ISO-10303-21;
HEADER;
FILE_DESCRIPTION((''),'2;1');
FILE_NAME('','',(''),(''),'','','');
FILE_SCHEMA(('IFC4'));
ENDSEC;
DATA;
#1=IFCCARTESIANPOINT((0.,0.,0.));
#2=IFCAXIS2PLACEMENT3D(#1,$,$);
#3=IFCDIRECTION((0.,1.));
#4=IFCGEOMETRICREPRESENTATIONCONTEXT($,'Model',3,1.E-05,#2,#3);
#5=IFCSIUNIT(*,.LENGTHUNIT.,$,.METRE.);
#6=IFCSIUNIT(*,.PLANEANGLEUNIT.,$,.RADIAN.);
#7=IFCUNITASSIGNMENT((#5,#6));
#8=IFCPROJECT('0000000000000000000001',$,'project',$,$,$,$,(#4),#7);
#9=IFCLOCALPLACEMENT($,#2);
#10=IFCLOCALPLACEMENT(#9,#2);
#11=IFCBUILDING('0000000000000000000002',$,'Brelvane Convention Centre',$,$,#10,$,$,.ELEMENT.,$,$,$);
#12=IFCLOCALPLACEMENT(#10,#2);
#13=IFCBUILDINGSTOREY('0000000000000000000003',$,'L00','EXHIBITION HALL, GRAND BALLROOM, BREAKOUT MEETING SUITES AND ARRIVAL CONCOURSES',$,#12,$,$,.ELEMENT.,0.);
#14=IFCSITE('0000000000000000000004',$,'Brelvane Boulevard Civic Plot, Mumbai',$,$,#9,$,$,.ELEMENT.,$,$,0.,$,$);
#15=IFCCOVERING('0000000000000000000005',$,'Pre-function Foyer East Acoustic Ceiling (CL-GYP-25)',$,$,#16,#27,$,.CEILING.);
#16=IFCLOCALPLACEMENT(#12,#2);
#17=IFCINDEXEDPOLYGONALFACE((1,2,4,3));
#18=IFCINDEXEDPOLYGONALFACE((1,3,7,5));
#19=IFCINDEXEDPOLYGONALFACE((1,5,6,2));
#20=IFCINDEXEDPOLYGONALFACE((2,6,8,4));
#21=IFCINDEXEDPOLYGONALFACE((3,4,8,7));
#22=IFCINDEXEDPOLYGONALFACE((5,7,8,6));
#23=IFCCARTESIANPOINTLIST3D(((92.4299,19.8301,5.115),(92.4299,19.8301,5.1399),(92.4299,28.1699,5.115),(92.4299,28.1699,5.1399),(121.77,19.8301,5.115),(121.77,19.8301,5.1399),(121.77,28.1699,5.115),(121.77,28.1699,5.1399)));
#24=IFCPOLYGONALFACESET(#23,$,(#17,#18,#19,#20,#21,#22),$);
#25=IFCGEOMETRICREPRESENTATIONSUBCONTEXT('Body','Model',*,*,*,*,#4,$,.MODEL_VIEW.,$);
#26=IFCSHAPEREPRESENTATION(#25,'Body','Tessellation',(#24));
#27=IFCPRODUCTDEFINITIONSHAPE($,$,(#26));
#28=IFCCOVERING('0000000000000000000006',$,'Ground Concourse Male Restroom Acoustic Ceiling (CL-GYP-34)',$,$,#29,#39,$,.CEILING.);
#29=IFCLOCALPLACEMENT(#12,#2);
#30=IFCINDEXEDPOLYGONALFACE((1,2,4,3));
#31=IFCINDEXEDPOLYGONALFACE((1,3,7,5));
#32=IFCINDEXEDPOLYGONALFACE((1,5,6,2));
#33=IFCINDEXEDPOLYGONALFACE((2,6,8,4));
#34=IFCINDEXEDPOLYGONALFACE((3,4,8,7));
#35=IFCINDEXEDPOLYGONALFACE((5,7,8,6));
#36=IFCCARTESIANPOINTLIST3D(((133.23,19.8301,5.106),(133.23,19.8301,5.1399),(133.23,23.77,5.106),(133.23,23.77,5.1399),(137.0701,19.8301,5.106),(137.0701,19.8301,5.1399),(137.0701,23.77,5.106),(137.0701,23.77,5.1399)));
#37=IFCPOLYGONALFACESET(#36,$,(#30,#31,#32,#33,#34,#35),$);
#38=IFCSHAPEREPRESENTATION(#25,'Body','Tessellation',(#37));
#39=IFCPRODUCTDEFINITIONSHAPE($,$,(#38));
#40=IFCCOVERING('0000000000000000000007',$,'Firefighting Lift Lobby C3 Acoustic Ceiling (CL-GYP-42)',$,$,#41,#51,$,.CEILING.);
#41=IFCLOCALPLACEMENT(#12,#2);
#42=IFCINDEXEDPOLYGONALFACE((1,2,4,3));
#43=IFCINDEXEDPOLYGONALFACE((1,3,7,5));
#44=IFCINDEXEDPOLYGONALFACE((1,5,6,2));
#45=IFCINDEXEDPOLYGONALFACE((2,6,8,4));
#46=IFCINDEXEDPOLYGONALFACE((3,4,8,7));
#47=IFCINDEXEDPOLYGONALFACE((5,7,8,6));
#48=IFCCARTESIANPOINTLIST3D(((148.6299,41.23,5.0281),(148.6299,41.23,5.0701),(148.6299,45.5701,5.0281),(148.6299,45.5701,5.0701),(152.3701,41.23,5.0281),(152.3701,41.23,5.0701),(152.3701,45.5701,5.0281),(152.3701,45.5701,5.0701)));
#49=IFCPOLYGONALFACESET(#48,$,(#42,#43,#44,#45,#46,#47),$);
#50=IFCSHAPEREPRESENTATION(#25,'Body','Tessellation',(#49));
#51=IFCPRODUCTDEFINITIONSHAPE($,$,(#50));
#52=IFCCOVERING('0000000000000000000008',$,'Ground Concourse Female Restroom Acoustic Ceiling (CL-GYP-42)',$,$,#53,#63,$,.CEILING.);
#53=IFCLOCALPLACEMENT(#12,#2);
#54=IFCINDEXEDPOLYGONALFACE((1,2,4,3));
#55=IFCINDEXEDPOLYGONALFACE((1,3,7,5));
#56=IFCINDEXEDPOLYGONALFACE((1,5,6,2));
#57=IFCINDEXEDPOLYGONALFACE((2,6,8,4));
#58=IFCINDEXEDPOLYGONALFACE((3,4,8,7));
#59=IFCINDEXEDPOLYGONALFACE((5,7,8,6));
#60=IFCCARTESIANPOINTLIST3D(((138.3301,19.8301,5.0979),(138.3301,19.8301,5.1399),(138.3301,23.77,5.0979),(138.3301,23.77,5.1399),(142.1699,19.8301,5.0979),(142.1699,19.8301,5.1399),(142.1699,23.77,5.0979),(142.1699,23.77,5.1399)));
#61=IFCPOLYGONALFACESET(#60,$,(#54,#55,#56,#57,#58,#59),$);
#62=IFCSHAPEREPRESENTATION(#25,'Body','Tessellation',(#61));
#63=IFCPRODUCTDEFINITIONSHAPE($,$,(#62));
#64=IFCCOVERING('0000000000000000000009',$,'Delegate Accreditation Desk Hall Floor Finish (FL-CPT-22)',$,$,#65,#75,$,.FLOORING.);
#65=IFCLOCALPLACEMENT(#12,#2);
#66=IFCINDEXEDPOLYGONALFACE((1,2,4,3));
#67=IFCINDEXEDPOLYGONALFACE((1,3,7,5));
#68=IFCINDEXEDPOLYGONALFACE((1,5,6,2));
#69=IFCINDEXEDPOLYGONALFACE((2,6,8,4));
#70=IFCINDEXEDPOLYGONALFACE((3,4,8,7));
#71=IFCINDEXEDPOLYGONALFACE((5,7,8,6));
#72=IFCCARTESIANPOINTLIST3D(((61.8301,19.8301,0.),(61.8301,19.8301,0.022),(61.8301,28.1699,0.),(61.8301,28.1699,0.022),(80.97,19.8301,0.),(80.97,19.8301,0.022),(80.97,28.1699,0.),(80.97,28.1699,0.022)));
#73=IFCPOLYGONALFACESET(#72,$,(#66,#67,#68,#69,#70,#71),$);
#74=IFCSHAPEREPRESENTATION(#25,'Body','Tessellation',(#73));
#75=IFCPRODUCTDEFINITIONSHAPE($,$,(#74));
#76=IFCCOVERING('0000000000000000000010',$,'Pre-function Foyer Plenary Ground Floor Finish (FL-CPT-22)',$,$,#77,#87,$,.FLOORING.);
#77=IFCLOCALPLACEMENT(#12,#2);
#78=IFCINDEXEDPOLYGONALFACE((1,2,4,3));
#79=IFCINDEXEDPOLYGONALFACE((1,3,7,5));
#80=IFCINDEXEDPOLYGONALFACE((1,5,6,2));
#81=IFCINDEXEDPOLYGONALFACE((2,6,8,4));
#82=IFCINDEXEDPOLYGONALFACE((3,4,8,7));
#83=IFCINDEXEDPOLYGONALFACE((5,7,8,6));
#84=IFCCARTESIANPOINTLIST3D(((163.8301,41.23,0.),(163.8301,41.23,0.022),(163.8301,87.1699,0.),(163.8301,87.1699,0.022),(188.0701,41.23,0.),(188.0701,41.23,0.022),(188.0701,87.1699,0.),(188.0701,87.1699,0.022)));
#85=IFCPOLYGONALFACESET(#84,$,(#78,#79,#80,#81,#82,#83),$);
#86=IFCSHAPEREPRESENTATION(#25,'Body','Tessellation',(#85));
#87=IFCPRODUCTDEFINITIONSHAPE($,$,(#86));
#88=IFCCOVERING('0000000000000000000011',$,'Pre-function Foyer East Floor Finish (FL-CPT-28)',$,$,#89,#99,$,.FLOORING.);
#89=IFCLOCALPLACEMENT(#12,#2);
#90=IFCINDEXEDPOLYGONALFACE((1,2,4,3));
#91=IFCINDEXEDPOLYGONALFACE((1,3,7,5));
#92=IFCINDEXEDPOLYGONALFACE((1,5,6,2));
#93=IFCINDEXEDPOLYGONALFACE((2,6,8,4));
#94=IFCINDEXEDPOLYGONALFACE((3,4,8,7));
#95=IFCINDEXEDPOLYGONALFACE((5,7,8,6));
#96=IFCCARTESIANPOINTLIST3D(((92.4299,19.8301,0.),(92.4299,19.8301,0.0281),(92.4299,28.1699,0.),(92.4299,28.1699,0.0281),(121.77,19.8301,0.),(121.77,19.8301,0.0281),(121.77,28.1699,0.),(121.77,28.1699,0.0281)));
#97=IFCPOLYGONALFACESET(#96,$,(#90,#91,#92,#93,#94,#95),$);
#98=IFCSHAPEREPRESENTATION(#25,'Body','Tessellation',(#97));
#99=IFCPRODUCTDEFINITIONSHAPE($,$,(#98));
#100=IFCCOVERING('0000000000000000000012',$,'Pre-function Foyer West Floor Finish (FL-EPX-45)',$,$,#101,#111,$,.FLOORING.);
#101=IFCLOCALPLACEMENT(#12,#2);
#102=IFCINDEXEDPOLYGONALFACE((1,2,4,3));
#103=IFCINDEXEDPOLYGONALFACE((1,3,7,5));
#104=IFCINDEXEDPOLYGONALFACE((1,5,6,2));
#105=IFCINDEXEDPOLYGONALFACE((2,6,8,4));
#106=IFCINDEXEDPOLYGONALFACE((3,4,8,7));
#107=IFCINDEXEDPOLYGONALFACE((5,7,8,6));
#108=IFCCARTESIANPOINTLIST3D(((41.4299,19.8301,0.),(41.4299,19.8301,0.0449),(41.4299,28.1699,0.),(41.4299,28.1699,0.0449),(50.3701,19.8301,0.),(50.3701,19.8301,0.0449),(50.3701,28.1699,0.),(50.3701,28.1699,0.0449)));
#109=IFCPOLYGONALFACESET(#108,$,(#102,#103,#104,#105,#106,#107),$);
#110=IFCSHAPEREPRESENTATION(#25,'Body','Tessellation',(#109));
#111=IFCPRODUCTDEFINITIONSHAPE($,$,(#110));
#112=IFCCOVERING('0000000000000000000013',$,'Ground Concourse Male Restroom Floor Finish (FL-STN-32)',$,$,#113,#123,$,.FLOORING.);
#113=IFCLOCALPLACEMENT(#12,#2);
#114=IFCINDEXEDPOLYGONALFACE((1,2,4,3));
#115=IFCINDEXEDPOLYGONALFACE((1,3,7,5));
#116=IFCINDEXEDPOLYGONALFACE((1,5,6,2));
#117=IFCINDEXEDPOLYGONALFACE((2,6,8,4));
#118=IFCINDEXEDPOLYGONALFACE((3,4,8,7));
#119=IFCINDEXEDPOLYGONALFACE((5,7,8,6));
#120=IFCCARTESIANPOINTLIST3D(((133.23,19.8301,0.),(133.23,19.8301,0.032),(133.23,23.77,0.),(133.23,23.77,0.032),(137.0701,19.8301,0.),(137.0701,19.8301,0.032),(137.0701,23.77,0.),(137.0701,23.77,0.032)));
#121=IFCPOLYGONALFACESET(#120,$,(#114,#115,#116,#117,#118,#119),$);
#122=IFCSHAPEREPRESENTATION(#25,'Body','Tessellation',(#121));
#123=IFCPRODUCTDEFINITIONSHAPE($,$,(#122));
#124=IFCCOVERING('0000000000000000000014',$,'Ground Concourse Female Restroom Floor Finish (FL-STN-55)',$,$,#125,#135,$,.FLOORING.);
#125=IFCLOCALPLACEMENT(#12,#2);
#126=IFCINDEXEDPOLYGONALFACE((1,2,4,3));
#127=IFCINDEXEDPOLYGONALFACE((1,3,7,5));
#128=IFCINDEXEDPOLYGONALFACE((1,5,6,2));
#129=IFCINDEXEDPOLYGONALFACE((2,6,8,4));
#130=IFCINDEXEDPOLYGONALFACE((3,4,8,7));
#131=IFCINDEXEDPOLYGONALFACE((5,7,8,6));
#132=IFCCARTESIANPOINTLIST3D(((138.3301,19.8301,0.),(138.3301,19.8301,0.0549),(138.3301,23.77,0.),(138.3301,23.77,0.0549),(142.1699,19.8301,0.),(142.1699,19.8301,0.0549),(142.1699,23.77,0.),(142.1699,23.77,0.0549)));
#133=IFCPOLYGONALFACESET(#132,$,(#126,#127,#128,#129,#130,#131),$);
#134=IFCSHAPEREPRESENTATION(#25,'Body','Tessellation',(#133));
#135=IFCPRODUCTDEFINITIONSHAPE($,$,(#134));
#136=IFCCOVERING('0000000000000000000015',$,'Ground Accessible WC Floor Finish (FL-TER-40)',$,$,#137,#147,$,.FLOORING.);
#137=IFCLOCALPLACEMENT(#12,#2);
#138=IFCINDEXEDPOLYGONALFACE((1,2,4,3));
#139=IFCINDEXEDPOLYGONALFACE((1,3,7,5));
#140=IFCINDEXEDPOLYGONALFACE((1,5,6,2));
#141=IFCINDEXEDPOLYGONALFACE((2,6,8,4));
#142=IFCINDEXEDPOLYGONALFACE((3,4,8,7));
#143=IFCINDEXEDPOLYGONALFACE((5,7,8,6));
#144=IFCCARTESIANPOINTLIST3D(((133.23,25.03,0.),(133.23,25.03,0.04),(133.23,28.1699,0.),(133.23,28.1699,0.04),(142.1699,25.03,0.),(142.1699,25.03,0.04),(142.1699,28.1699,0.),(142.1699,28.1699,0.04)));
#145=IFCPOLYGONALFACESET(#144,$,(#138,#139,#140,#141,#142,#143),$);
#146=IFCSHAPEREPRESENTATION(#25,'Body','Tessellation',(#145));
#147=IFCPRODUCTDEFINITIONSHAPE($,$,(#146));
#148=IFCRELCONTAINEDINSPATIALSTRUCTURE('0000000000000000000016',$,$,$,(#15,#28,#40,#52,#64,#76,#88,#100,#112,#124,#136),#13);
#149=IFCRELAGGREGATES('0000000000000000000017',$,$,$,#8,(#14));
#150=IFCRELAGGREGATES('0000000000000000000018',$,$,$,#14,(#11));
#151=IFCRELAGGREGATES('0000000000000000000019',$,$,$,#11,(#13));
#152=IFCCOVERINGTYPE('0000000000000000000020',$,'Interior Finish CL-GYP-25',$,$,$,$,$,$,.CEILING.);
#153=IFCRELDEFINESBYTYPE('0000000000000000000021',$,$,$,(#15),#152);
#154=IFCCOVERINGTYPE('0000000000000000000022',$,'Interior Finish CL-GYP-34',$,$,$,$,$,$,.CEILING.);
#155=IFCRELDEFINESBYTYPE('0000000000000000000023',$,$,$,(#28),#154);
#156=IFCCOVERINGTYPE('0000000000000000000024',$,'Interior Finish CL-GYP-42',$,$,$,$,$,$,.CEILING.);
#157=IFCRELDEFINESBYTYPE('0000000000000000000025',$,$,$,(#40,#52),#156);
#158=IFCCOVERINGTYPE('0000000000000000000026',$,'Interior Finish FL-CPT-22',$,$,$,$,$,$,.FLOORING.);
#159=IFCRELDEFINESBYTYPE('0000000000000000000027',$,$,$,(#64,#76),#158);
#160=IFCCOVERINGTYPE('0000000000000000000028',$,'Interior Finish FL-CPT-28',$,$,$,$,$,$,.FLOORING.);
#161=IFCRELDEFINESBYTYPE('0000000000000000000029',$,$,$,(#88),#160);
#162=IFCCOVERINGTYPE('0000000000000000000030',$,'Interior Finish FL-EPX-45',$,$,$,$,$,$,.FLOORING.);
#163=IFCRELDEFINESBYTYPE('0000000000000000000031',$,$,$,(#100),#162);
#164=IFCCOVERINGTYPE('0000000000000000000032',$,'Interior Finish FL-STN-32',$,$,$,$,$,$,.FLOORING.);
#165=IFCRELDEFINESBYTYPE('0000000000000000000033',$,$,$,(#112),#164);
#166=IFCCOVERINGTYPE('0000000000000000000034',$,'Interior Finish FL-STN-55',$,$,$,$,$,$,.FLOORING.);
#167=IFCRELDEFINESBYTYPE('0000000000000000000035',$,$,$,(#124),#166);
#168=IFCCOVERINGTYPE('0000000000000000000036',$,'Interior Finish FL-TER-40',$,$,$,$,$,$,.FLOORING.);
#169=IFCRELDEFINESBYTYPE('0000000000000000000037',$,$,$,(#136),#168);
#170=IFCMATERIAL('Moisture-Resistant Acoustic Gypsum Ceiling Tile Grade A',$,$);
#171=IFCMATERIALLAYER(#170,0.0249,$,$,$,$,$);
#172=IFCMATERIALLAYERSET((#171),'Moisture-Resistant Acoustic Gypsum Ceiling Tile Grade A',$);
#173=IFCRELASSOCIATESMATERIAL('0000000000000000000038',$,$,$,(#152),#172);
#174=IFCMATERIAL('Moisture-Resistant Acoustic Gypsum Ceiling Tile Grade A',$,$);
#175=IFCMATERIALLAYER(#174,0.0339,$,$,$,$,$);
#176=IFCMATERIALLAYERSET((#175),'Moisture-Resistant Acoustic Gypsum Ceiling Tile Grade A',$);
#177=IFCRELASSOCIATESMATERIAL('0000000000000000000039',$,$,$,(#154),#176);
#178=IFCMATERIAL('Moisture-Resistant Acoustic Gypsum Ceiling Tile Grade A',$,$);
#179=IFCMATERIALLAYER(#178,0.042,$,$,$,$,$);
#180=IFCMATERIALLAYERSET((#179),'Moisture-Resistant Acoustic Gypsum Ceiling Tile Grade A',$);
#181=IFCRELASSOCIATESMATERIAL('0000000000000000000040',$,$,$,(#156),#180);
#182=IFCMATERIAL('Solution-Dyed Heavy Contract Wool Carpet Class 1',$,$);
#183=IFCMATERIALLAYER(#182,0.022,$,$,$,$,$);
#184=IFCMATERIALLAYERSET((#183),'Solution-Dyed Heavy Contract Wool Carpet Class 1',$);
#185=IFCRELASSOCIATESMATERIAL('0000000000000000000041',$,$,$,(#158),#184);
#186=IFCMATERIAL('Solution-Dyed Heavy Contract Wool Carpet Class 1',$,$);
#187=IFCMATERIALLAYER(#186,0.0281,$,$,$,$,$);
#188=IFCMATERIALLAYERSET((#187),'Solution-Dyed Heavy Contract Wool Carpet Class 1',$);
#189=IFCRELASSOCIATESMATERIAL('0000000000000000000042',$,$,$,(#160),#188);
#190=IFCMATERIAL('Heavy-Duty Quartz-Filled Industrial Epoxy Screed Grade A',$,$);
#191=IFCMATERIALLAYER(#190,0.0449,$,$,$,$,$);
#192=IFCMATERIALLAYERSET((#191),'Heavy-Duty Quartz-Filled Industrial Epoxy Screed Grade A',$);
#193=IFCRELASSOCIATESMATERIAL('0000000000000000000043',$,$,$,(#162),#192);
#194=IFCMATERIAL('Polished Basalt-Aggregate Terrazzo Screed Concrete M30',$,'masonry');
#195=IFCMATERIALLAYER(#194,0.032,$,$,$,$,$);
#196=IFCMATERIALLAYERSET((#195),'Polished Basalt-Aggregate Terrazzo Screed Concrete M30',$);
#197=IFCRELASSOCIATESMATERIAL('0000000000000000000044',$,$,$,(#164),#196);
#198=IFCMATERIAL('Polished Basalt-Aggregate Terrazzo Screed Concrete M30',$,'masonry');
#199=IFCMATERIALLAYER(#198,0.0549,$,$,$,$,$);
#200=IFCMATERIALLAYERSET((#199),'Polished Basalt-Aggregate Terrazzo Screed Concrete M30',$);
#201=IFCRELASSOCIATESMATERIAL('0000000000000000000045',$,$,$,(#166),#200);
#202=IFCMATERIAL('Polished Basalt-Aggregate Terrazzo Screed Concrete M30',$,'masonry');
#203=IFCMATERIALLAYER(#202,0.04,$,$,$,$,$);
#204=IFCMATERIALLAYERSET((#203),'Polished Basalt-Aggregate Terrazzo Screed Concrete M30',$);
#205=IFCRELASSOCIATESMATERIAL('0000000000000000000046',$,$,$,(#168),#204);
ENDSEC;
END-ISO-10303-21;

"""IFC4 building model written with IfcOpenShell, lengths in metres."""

from ifc_helpers import new_model, si_unit, direction, frame, origin, place, context, subcontext, project, spatial, polyline, outline, extrude, material, layer, layer_set, type_object, element, save


model = new_model("IFC4")

# Units and contexts
model_context = context("Model", 3, precision=1e-05, world=origin(), true_north=direction((0.0, 1.0)))
body_context = subcontext(model_context, "Body", "Model", "MODEL_VIEW")
ifc_project = project(units=[si_unit("LENGTHUNIT", "METRE"), si_unit("PLANEANGLEUNIT", "RADIAN")], contexts=[model_context])

# Site, building, storey
site_placement = place(None, origin())
site = spatial("IfcSite", under=ifc_project, at=site_placement, Name="Brelvane Boulevard Civic Plot, Mumbai", CompositionType="ELEMENT", RefElevation=0.0)
building_placement = place(site_placement, origin())
building = spatial("IfcBuilding", under=site, at=building_placement, Name="Brelvane Convention Centre", CompositionType="ELEMENT")
storey_placement = place(building_placement, origin())
storey = spatial("IfcBuildingStorey", under=building, at=storey_placement, Name="L00", Description="EXHIBITION HALL, GRAND BALLROOM, BREAKOUT MEETING SUITES AND ARRIVAL CONCOURSES", CompositionType="ELEMENT", Elevation=0.0)

# Coverings
ifc_material_1 = material(Name="Moisture-Resistant Acoustic Gypsum Ceiling Tile Grade A")
ifc_layer_1 = layer(ifc_material_1, 0.0249)
ifc_layer_set_1 = layer_set([ifc_layer_1], Name="Moisture-Resistant Acoustic Gypsum Ceiling Tile Grade A")
covering_type_1 = type_object("IfcCoveringType", Name="Interior Finish CL-GYP-25", PredefinedType="CEILING", material=ifc_layer_set_1)
covering_1_placement = place(storey_placement, frame((0.0, 0.0, 5.115)))
element("IfcCovering", 1, at=covering_1_placement, inside=storey, type_object=covering_type_1, Name="Pre-function Foyer East Acoustic Ceiling (CL-GYP-25)", PredefinedType="CEILING", context=body_context, shape_type="SweptSolid", body=[
    extrude(outline(polyline([(92.4299, 19.8301), (121.77, 19.8301), (121.77, 28.1699), (92.4299, 28.1699), (92.4299, 19.8301)])), origin(), (0.0, 0.0, 1.0), 0.0249),
])
ifc_material_2 = material(Name="Moisture-Resistant Acoustic Gypsum Ceiling Tile Grade A")
ifc_layer_2 = layer(ifc_material_2, 0.0339)
ifc_layer_set_2 = layer_set([ifc_layer_2], Name="Moisture-Resistant Acoustic Gypsum Ceiling Tile Grade A")
covering_type_2 = type_object("IfcCoveringType", Name="Interior Finish CL-GYP-34", PredefinedType="CEILING", material=ifc_layer_set_2)
covering_2_placement = place(storey_placement, frame((0.0, 0.0, 5.106)))
element("IfcCovering", 2, at=covering_2_placement, inside=storey, type_object=covering_type_2, Name="Ground Concourse Male Restroom Acoustic Ceiling (CL-GYP-34)", PredefinedType="CEILING", context=body_context, shape_type="SweptSolid", body=[
    extrude(outline(polyline([(133.23, 19.8301), (137.0701, 19.8301), (137.0701, 23.77), (133.23, 23.77), (133.23, 19.8301)])), origin(), (0.0, 0.0, 1.0), 0.0339),
])
ifc_material_3 = material(Name="Moisture-Resistant Acoustic Gypsum Ceiling Tile Grade A")
ifc_layer_3 = layer(ifc_material_3, 0.042)
ifc_layer_set_3 = layer_set([ifc_layer_3], Name="Moisture-Resistant Acoustic Gypsum Ceiling Tile Grade A")
covering_type_3 = type_object("IfcCoveringType", Name="Interior Finish CL-GYP-42", PredefinedType="CEILING", material=ifc_layer_set_3)
covering_3_placement = place(storey_placement, frame((0.0, 0.0, 5.0281)))
element("IfcCovering", 3, at=covering_3_placement, inside=storey, type_object=covering_type_3, Name="Firefighting Lift Lobby C3 Acoustic Ceiling (CL-GYP-42)", PredefinedType="CEILING", context=body_context, shape_type="SweptSolid", body=[
    extrude(outline(polyline([(148.6299, 41.23), (152.3701, 41.23), (152.3701, 45.5701), (148.6299, 45.5701), (148.6299, 41.23)])), origin(), (0.0, 0.0, 1.0), 0.042),
])
covering_4_placement = place(storey_placement, frame((0.0, 0.0, 5.0979)))
element("IfcCovering", 4, at=covering_4_placement, inside=storey, type_object=covering_type_3, Name="Ground Concourse Female Restroom Acoustic Ceiling (CL-GYP-42)", PredefinedType="CEILING", context=body_context, shape_type="SweptSolid", body=[
    extrude(outline(polyline([(138.3301, 19.8301), (142.1699, 19.8301), (142.1699, 23.77), (138.3301, 23.77), (138.3301, 19.8301)])), origin(), (0.0, 0.0, 1.0), 0.042),
])
ifc_material_4 = material(Name="Solution-Dyed Heavy Contract Wool Carpet Class 1")
ifc_layer_4 = layer(ifc_material_4, 0.022)
ifc_layer_set_4 = layer_set([ifc_layer_4], Name="Solution-Dyed Heavy Contract Wool Carpet Class 1")
covering_type_4 = type_object("IfcCoveringType", Name="Interior Finish FL-CPT-22", PredefinedType="FLOORING", material=ifc_layer_set_4)
covering_5_placement = place(storey_placement, origin())
element("IfcCovering", 5, at=covering_5_placement, inside=storey, type_object=covering_type_4, Name="Delegate Accreditation Desk Hall Floor Finish (FL-CPT-22)", PredefinedType="FLOORING", context=body_context, shape_type="SweptSolid", body=[
    extrude(outline(polyline([(61.8301, 19.8301), (80.97, 19.8301), (80.97, 28.1699), (61.8301, 28.1699), (61.8301, 19.8301)])), origin(), (0.0, 0.0, 1.0), 0.022),
])
covering_6_placement = place(storey_placement, origin())
element("IfcCovering", 6, at=covering_6_placement, inside=storey, type_object=covering_type_4, Name="Pre-function Foyer Plenary Ground Floor Finish (FL-CPT-22)", PredefinedType="FLOORING", context=body_context, shape_type="SweptSolid", body=[
    extrude(outline(polyline([(163.8301, 41.23), (188.0701, 41.23), (188.0701, 87.1699), (163.8301, 87.1699), (163.8301, 41.23)])), origin(), (0.0, 0.0, 1.0), 0.022),
])
ifc_material_5 = material(Name="Solution-Dyed Heavy Contract Wool Carpet Class 1")
ifc_layer_5 = layer(ifc_material_5, 0.0281)
ifc_layer_set_5 = layer_set([ifc_layer_5], Name="Solution-Dyed Heavy Contract Wool Carpet Class 1")
covering_type_5 = type_object("IfcCoveringType", Name="Interior Finish FL-CPT-28", PredefinedType="FLOORING", material=ifc_layer_set_5)
covering_7_placement = place(storey_placement, origin())
element("IfcCovering", 7, at=covering_7_placement, inside=storey, type_object=covering_type_5, Name="Pre-function Foyer East Floor Finish (FL-CPT-28)", PredefinedType="FLOORING", context=body_context, shape_type="SweptSolid", body=[
    extrude(outline(polyline([(92.4299, 19.8301), (121.77, 19.8301), (121.77, 28.1699), (92.4299, 28.1699), (92.4299, 19.8301)])), origin(), (0.0, 0.0, 1.0), 0.0281),
])
ifc_material_6 = material(Name="Heavy-Duty Quartz-Filled Industrial Epoxy Screed Grade A")
ifc_layer_6 = layer(ifc_material_6, 0.0449)
ifc_layer_set_6 = layer_set([ifc_layer_6], Name="Heavy-Duty Quartz-Filled Industrial Epoxy Screed Grade A")
covering_type_6 = type_object("IfcCoveringType", Name="Interior Finish FL-EPX-45", PredefinedType="FLOORING", material=ifc_layer_set_6)
covering_8_placement = place(storey_placement, origin())
element("IfcCovering", 8, at=covering_8_placement, inside=storey, type_object=covering_type_6, Name="Pre-function Foyer West Floor Finish (FL-EPX-45)", PredefinedType="FLOORING", context=body_context, shape_type="SweptSolid", body=[
    extrude(outline(polyline([(41.4299, 19.8301), (50.3701, 19.8301), (50.3701, 28.1699), (41.4299, 28.1699), (41.4299, 19.8301)])), origin(), (0.0, 0.0, 1.0), 0.0449),
])
ifc_material_7 = material(Name="Polished Basalt-Aggregate Terrazzo Screed Concrete M30", Category="masonry")
ifc_layer_7 = layer(ifc_material_7, 0.032)
ifc_layer_set_7 = layer_set([ifc_layer_7], Name="Polished Basalt-Aggregate Terrazzo Screed Concrete M30")
covering_type_7 = type_object("IfcCoveringType", Name="Interior Finish FL-STN-32", PredefinedType="FLOORING", material=ifc_layer_set_7)
covering_9_placement = place(storey_placement, origin())
element("IfcCovering", 9, at=covering_9_placement, inside=storey, type_object=covering_type_7, Name="Ground Concourse Male Restroom Floor Finish (FL-STN-32)", PredefinedType="FLOORING", context=body_context, shape_type="SweptSolid", body=[
    extrude(outline(polyline([(133.23, 19.8301), (137.0701, 19.8301), (137.0701, 23.77), (133.23, 23.77), (133.23, 19.8301)])), origin(), (0.0, 0.0, 1.0), 0.032),
])
ifc_material_8 = material(Name="Polished Basalt-Aggregate Terrazzo Screed Concrete M30", Category="masonry")
ifc_layer_8 = layer(ifc_material_8, 0.0549)
ifc_layer_set_8 = layer_set([ifc_layer_8], Name="Polished Basalt-Aggregate Terrazzo Screed Concrete M30")
covering_type_8 = type_object("IfcCoveringType", Name="Interior Finish FL-STN-55", PredefinedType="FLOORING", material=ifc_layer_set_8)
covering_10_placement = place(storey_placement, origin())
element("IfcCovering", 10, at=covering_10_placement, inside=storey, type_object=covering_type_8, Name="Ground Concourse Female Restroom Floor Finish (FL-STN-55)", PredefinedType="FLOORING", context=body_context, shape_type="SweptSolid", body=[
    extrude(outline(polyline([(138.3301, 19.8301), (142.1699, 19.8301), (142.1699, 23.77), (138.3301, 23.77), (138.3301, 19.8301)])), origin(), (0.0, 0.0, 1.0), 0.0549),
])
ifc_material_9 = material(Name="Polished Basalt-Aggregate Terrazzo Screed Concrete M30", Category="masonry")
ifc_layer_9 = layer(ifc_material_9, 0.04)
ifc_layer_set_9 = layer_set([ifc_layer_9], Name="Polished Basalt-Aggregate Terrazzo Screed Concrete M30")
covering_type_9 = type_object("IfcCoveringType", Name="Interior Finish FL-TER-40", PredefinedType="FLOORING", material=ifc_layer_set_9)
covering_11_placement = place(storey_placement, origin())
element("IfcCovering", 11, at=covering_11_placement, inside=storey, type_object=covering_type_9, Name="Ground Accessible WC Floor Finish (FL-TER-40)", PredefinedType="FLOORING", context=body_context, shape_type="SweptSolid", body=[
    extrude(outline(polyline([(133.23, 25.03), (142.1699, 25.03), (142.1699, 28.1699), (133.23, 28.1699), (133.23, 25.03)])), origin(), (0.0, 0.0, 1.0), 0.04),
])

save(model, "model.ifc")
